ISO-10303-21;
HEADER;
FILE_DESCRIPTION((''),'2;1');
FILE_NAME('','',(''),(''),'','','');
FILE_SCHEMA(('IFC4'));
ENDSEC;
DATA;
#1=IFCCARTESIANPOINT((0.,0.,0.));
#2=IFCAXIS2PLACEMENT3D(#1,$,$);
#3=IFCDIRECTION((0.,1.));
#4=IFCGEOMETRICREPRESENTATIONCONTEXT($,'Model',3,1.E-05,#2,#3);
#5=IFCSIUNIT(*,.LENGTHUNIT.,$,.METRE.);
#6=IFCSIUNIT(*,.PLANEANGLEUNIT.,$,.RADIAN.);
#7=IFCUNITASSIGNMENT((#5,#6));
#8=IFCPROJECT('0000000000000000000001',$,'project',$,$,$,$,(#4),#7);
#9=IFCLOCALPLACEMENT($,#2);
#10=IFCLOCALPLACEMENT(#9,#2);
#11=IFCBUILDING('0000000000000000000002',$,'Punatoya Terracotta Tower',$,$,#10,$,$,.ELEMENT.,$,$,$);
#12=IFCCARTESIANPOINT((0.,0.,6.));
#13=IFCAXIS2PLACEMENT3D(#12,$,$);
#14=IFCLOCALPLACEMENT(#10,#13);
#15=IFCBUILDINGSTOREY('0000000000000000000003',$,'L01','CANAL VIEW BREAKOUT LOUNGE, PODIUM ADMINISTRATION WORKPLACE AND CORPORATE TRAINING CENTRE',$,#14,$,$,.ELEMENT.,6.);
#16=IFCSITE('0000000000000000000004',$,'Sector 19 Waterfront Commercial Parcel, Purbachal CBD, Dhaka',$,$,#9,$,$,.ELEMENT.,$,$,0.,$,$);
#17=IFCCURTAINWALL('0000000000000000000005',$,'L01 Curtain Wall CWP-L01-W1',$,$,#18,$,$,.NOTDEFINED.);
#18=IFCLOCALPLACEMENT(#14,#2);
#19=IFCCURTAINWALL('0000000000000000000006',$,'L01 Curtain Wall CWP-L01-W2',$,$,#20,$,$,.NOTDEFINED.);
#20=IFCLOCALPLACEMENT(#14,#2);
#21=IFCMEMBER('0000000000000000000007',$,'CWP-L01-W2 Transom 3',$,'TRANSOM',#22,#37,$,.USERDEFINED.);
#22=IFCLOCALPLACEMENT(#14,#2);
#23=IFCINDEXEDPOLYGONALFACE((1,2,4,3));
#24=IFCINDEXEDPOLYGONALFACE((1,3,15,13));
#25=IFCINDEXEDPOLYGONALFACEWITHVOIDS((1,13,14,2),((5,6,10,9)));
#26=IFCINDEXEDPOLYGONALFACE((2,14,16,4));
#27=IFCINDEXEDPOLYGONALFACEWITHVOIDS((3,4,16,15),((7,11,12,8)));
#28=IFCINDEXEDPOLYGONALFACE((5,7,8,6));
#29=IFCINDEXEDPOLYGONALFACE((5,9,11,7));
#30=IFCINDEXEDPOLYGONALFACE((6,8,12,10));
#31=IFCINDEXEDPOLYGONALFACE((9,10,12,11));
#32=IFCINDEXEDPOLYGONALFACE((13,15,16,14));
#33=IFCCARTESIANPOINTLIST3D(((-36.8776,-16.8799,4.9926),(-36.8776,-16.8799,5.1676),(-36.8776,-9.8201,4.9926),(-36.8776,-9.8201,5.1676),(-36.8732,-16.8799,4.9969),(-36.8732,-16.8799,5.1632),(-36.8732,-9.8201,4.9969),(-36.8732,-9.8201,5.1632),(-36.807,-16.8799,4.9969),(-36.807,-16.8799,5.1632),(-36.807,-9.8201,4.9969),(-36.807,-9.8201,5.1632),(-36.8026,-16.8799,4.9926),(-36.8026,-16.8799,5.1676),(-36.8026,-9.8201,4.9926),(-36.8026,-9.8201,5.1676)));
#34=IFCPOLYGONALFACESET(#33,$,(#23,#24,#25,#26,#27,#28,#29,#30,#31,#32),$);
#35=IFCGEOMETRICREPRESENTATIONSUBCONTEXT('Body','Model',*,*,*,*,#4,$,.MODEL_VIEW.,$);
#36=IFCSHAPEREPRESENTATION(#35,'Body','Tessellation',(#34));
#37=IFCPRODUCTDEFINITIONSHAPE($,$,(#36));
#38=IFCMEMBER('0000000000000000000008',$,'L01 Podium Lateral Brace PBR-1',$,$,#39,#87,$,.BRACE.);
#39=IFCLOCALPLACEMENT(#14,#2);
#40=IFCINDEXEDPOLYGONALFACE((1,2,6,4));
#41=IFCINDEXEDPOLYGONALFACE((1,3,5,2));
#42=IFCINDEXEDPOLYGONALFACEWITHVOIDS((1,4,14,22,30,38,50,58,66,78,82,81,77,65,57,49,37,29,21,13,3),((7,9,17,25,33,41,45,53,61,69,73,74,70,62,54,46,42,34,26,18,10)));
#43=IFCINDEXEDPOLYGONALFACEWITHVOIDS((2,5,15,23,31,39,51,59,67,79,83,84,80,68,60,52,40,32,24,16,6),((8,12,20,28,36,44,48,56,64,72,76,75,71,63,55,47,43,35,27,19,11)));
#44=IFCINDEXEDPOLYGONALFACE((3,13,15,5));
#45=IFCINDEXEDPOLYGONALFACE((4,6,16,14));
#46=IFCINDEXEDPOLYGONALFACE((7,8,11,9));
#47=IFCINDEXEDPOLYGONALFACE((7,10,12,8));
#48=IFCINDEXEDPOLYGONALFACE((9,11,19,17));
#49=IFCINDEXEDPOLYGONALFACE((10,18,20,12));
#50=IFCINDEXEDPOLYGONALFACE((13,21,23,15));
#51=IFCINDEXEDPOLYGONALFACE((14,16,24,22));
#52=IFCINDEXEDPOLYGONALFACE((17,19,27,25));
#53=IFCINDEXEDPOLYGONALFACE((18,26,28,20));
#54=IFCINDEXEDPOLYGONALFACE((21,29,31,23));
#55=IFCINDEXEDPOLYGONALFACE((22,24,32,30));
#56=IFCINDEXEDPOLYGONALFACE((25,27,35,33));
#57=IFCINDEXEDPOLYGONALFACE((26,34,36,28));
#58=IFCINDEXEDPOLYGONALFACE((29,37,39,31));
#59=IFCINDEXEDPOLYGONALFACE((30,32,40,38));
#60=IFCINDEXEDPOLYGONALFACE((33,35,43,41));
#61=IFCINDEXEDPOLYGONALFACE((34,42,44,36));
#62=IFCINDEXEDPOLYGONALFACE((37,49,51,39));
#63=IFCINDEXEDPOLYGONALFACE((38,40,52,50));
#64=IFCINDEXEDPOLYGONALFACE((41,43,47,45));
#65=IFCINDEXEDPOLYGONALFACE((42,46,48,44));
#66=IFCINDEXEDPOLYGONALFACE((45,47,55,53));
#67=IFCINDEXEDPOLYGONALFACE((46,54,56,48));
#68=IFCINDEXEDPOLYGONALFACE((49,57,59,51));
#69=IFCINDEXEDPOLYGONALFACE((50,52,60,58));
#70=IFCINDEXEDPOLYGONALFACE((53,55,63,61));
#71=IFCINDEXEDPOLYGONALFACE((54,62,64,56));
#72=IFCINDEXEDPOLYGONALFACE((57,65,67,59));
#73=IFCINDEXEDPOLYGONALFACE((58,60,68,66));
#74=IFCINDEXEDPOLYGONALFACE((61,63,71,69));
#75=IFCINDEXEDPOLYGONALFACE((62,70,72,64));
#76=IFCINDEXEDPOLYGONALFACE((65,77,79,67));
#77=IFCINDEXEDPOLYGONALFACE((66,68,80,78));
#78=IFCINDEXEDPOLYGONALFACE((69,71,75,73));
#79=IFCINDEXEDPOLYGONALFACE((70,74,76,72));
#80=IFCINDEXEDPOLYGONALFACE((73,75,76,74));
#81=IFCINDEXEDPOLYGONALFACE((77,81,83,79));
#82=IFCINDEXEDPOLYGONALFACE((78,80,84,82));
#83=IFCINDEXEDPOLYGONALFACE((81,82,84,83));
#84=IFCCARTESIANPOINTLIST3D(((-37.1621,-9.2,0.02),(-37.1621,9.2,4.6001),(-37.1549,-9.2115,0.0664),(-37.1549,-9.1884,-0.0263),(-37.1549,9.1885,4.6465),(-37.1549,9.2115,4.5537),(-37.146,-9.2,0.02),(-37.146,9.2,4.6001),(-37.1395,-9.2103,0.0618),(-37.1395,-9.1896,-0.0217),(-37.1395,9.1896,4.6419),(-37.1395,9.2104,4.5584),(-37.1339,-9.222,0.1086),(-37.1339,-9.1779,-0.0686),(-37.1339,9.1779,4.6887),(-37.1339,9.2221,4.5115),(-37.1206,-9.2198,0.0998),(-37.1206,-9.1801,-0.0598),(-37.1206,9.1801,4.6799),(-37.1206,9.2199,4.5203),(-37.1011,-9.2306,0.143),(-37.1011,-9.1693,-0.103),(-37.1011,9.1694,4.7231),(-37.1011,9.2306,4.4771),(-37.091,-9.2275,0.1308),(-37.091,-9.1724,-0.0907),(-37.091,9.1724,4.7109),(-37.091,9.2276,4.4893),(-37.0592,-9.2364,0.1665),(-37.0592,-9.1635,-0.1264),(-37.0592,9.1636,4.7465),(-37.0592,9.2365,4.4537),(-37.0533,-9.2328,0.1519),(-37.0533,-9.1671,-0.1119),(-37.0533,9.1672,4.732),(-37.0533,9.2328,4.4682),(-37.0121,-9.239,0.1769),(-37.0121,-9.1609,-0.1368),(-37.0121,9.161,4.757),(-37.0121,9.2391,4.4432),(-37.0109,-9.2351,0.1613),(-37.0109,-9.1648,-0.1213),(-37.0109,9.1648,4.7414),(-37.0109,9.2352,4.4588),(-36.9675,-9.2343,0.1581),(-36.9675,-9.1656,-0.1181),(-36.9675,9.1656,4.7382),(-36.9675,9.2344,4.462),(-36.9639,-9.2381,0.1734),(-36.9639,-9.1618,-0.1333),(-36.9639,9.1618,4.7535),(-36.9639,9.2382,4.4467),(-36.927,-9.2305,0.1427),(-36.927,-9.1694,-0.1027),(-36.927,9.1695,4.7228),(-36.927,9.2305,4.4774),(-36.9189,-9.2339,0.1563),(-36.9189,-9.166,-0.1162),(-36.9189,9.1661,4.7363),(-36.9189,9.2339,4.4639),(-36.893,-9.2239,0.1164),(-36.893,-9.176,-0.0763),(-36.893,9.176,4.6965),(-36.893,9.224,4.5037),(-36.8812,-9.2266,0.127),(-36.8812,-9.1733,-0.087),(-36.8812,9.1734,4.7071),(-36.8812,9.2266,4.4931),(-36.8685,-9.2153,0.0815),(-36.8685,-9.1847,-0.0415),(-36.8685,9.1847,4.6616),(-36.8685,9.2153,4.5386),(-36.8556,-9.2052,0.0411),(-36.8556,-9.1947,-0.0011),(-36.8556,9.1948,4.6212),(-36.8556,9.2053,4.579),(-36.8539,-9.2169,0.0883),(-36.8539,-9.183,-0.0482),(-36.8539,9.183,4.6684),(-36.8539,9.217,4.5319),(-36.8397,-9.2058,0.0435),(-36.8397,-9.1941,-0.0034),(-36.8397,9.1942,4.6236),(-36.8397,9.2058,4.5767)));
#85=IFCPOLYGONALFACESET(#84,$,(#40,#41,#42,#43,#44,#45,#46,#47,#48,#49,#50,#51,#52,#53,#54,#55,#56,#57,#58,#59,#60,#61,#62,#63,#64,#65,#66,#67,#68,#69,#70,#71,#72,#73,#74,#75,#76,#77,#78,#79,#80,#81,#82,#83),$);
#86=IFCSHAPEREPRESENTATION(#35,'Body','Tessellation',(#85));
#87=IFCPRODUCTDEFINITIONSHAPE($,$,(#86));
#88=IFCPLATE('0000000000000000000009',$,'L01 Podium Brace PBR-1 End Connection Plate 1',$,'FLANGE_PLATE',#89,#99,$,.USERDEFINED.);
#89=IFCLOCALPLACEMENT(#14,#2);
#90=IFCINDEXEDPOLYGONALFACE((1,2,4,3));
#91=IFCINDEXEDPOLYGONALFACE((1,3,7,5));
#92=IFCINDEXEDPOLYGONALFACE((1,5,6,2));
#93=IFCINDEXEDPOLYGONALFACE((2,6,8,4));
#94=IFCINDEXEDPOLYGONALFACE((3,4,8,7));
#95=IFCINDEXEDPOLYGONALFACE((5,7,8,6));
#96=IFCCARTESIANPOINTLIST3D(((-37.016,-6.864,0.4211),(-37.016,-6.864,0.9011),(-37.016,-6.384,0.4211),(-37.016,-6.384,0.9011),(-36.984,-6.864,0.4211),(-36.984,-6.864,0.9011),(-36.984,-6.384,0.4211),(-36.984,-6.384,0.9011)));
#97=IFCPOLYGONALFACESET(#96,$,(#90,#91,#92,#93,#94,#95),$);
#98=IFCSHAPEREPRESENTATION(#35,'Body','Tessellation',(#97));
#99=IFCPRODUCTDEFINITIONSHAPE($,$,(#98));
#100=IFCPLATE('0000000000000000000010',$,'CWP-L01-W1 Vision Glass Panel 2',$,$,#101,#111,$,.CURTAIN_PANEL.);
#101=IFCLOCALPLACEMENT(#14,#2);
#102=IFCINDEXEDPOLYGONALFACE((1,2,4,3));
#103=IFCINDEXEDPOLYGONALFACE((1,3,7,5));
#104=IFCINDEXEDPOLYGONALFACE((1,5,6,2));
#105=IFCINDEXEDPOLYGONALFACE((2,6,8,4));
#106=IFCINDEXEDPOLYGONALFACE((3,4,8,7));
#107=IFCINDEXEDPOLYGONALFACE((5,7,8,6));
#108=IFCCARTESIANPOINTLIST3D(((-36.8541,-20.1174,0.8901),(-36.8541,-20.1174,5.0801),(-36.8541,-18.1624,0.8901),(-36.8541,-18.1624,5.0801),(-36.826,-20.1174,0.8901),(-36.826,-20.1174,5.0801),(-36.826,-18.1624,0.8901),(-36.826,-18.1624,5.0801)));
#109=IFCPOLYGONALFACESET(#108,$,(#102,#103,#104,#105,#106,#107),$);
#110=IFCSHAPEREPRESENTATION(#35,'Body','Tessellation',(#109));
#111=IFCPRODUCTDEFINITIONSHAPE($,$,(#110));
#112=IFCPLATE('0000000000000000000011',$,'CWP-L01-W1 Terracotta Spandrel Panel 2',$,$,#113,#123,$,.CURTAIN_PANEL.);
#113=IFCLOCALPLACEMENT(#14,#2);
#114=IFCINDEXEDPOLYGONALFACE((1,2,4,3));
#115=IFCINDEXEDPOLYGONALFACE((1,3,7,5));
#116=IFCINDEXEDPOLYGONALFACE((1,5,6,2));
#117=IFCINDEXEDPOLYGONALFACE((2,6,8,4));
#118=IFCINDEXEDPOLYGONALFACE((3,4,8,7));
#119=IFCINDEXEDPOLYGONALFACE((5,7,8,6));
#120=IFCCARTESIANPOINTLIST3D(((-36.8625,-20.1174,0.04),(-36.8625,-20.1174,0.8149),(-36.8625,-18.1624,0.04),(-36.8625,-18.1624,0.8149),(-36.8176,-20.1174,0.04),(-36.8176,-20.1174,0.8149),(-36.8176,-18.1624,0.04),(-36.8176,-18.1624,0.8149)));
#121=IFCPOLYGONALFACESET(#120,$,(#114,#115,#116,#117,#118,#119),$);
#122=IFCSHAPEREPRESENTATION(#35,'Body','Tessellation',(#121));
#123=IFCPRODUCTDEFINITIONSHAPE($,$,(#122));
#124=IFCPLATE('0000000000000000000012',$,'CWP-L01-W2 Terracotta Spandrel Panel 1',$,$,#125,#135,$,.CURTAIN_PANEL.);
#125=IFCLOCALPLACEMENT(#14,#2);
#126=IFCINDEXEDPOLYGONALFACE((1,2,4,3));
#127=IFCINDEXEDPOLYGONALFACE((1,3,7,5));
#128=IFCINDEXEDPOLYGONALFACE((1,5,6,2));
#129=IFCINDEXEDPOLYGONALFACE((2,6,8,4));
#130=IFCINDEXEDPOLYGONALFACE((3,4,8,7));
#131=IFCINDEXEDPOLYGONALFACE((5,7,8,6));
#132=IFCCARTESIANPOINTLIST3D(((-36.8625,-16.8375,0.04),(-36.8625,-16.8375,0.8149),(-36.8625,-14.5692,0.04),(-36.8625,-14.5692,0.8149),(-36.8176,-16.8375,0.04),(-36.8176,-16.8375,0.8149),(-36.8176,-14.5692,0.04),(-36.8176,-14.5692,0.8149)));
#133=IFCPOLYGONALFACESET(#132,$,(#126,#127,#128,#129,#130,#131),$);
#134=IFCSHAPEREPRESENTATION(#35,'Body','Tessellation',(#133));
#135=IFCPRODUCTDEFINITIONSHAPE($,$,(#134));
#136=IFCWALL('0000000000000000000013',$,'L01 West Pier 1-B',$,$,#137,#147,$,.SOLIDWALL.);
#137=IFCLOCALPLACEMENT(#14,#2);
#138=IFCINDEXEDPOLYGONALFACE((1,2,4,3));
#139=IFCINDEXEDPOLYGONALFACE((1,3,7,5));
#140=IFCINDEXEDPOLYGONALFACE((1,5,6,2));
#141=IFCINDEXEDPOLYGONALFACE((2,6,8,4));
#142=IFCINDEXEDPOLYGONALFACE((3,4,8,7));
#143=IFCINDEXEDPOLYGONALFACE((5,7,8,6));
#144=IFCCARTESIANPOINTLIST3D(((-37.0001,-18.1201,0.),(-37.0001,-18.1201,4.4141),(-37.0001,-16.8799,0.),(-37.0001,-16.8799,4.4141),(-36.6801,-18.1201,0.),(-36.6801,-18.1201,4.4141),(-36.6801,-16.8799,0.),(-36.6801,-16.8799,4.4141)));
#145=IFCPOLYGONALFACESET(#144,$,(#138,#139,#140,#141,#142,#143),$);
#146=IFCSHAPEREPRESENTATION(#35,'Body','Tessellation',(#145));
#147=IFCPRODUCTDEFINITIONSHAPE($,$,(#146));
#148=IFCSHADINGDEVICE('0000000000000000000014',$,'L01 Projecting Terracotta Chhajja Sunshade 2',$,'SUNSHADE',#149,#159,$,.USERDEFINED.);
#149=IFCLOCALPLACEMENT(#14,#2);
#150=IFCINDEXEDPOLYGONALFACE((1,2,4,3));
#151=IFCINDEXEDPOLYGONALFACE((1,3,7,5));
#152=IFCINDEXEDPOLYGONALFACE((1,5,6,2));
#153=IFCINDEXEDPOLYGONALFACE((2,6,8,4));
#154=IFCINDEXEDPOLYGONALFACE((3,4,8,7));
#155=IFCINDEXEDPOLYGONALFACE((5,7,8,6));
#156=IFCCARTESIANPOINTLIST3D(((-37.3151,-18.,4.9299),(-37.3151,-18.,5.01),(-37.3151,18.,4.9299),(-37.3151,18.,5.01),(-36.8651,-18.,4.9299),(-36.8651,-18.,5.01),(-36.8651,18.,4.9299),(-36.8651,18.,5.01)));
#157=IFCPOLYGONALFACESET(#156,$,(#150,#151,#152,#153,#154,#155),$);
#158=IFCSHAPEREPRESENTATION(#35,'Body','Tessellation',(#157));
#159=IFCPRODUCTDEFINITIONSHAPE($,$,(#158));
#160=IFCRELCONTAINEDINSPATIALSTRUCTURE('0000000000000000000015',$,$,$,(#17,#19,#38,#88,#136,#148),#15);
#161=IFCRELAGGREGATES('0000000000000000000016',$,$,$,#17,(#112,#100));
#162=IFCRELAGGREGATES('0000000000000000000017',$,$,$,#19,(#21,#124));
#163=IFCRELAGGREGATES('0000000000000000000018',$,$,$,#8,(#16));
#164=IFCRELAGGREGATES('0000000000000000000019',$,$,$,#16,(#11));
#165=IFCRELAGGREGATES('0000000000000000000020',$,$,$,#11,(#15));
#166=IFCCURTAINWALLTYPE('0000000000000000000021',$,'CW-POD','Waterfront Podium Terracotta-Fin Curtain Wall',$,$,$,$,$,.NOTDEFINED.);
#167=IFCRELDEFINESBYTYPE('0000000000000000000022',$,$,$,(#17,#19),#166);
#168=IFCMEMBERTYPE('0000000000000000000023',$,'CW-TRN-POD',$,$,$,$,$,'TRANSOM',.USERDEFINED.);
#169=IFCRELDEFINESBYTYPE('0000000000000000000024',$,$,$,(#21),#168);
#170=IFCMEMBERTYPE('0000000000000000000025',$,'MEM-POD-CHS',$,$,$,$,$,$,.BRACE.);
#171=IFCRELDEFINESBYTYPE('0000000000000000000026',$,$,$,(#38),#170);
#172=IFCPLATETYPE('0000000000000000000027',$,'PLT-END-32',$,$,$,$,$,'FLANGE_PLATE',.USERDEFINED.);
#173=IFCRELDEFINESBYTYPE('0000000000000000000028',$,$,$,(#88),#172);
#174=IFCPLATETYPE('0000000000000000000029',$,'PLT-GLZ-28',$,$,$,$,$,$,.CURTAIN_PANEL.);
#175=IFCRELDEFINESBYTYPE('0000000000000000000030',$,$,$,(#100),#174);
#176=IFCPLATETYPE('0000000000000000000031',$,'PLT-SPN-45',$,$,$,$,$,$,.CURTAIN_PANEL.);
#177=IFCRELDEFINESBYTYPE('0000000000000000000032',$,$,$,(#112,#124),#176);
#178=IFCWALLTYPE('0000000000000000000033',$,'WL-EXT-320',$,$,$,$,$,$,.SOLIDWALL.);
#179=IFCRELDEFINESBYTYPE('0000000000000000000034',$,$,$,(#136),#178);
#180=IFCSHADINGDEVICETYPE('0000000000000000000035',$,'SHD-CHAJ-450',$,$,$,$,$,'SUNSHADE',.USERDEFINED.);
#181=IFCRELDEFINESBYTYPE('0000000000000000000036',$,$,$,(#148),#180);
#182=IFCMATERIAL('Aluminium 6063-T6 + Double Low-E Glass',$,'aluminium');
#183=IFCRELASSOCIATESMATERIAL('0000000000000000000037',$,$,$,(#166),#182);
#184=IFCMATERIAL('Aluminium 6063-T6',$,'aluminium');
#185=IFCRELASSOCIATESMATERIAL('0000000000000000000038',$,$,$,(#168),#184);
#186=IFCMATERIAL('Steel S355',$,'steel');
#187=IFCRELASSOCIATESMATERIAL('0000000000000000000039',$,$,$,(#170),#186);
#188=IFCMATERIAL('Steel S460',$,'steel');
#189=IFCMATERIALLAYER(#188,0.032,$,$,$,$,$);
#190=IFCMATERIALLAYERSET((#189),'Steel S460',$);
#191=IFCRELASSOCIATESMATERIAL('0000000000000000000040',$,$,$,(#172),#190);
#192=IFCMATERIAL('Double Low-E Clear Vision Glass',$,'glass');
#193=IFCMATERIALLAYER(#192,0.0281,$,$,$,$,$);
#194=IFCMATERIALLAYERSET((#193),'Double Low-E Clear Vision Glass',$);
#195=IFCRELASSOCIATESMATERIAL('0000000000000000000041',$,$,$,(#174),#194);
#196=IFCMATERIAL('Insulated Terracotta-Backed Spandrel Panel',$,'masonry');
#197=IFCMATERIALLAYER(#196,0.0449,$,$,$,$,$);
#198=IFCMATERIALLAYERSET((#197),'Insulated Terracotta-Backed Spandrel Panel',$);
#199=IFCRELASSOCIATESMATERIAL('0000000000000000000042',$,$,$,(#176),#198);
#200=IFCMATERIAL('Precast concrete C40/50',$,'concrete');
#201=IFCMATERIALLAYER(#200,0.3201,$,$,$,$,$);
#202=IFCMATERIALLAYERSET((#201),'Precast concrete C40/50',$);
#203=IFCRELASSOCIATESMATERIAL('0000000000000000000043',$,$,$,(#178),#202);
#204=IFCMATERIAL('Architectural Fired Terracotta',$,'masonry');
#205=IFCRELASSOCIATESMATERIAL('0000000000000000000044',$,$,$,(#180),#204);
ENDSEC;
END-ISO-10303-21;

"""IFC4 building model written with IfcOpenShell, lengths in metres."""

from ifc_helpers import new_model, si_unit, direction, frame, frame_2d, origin, origin_2d, place, context, subcontext, project, spatial, rectangle, hollow_rectangle, hollow_circle, extrude, material, layer, layer_set, material_profile, profile_set, type_object, element, aggregate, save


model = new_model("IFC4")

# Units and contexts
model_context = context("Model", 3, precision=1e-05, world=origin(), true_north=direction((0.0, 1.0)))
body_context = subcontext(model_context, "Body", "Model", "MODEL_VIEW")
ifc_project = project(units=[si_unit("LENGTHUNIT", "METRE"), si_unit("PLANEANGLEUNIT", "RADIAN")], contexts=[model_context])

# Site, building, storey
site_placement = place(None, origin())
site = spatial("IfcSite", under=ifc_project, at=site_placement, Name="Sector 19 Waterfront Commercial Parcel, Purbachal CBD, Dhaka", CompositionType="ELEMENT", RefElevation=0.0)
building_placement = place(site_placement, origin())
building = spatial("IfcBuilding", under=site, at=building_placement, Name="Punatoya Terracotta Tower", CompositionType="ELEMENT")
storey_placement = place(building_placement, frame((0.0, 0.0, 6.0)))
storey = spatial("IfcBuildingStorey", under=building, at=storey_placement, Name="L01", Description="CANAL VIEW BREAKOUT LOUNGE, PODIUM ADMINISTRATION WORKPLACE AND CORPORATE TRAINING CENTRE", CompositionType="ELEMENT", Elevation=6.0)

# Shared definitions
ifc_material_1 = material(Name="Steel S355", Category="steel")

# Curtain walls, member
ifc_material_2 = material(Name="Aluminium 6063-T6 + Double Low-E Glass", Category="aluminium")
curtain_wall_type = type_object("IfcCurtainWallType", Name="CW-POD", Description="Waterfront Podium Terracotta-Fin Curtain Wall", PredefinedType="NOTDEFINED", material=ifc_material_2)
curtain_wall_1_placement = place(storey_placement, origin())
curtain_wall_1 = element("IfcCurtainWall", 1, at=curtain_wall_1_placement, inside=storey, type_object=curtain_wall_type, Name="L01 Curtain Wall CWP-L01-W1", PredefinedType="NOTDEFINED")
ifc_material_3 = material(Name="Aluminium 6063-T6", Category="aluminium")
curtain_wall_2_placement = place(storey_placement, origin())
curtain_wall_2 = element("IfcCurtainWall", 2, at=curtain_wall_2_placement, inside=storey, type_object=curtain_wall_type, Name="L01 Curtain Wall CWP-L01-W2", PredefinedType="NOTDEFINED")
ifc_material_profile_1 = material_profile(ifc_material_3, hollow_rectangle(XDim=0.075, YDim=0.175, WallThickness=0.0044, at=origin_2d()))
ifc_profile_set_1 = profile_set([ifc_material_profile_1], Name="Aluminium 6063-T6")
member_type_1 = type_object("IfcMemberType", Name="CW-TRN-POD", ElementType="TRANSOM", PredefinedType="USERDEFINED", material=ifc_profile_set_1)
member_1_placement = place(storey_placement, frame((-36.8401, -16.8799, 5.0801), z_axis=(0.0, 1.0, 0.0), x_axis=(-1.0, 0.0, 0.0)))
member_1 = element("IfcMember", 3, at=member_1_placement, type_object=member_type_1, Name="CWP-L01-W2 Transom 3", ObjectType="TRANSOM", PredefinedType="USERDEFINED", context=body_context, shape_type="SweptSolid", body=[
    extrude(hollow_rectangle(XDim=0.075, YDim=0.175, WallThickness=0.0044, at=origin_2d()), origin(), (0.0, 0.0, 1.0), 7.0598),
])

# Member
ifc_material_profile_2 = material_profile(ifc_material_1, hollow_circle(Radius=0.1621, WallThickness=0.0161, at=origin_2d()))
ifc_profile_set_2 = profile_set([ifc_material_profile_2], Name="Steel S355")
member_type_2 = type_object("IfcMemberType", Name="MEM-POD-CHS", PredefinedType="BRACE", material=ifc_profile_set_2)
member_2_placement = place(storey_placement, frame((-37.0, -9.2, 0.02), z_axis=(0.0, 0.970389, 0.241548), x_axis=(-1.0, 0.0, 0.0)))
element("IfcMember", 4, at=member_2_placement, inside=storey, type_object=member_type_2, Name="L01 Podium Lateral Brace PBR-1", PredefinedType="BRACE", context=body_context, shape_type="SweptSolid", body=[
    extrude(hollow_circle(Radius=0.1621, WallThickness=0.0161, at=origin_2d()), origin(), (0.0, 0.0, 1.0), 18.9614),
])

# Plates
ifc_material_4 = material(Name="Steel S460", Category="steel")
ifc_layer_1 = layer(ifc_material_4, 0.032)
ifc_layer_set_1 = layer_set([ifc_layer_1], Name="Steel S460")
plate_type_1 = type_object("IfcPlateType", Name="PLT-END-32", ElementType="FLANGE_PLATE", PredefinedType="USERDEFINED", material=ifc_layer_set_1)
plate_1_placement = place(storey_placement, frame((-37.0, -6.624, 0.4211), z_axis=(0.0, 0.0, 1.0), x_axis=(1.0, 0.0, 0.0)))
element("IfcPlate", 5, at=plate_1_placement, inside=storey, type_object=plate_type_1, Name="L01 Podium Brace PBR-1 End Connection Plate 1", ObjectType="FLANGE_PLATE", PredefinedType="USERDEFINED", context=body_context, shape_type="SweptSolid", body=[
    extrude(rectangle(XDim=0.032, YDim=0.48, at=origin_2d()), origin(), (0.0, 0.0, 1.0), 0.48),
])
ifc_material_5 = material(Name="Double Low-E Clear Vision Glass", Category="glass")
ifc_layer_2 = layer(ifc_material_5, 0.0281)
ifc_layer_set_2 = layer_set([ifc_layer_2], Name="Double Low-E Clear Vision Glass")
plate_type_2 = type_object("IfcPlateType", Name="PLT-GLZ-28", PredefinedType="CURTAIN_PANEL", material=ifc_layer_set_2)
plate_2_placement = place(storey_placement, frame((-36.8401, -19.1399, 0.8901), z_axis=(0.0, 0.0, 1.0), x_axis=(0.0, 1.0, 0.0)))
plate_2 = element("IfcPlate", 6, at=plate_2_placement, type_object=plate_type_2, Name="CWP-L01-W1 Vision Glass Panel 2", PredefinedType="CURTAIN_PANEL", context=body_context, shape_type="SweptSolid", body=[
    extrude(rectangle(XDim=1.9551, YDim=0.0281, at=origin_2d()), origin(), (0.0, 0.0, 1.0), 4.1899),
])
ifc_material_6 = material(Name="Insulated Terracotta-Backed Spandrel Panel", Category="masonry")
ifc_layer_3 = layer(ifc_material_6, 0.0449)
ifc_layer_set_3 = layer_set([ifc_layer_3], Name="Insulated Terracotta-Backed Spandrel Panel")
plate_type_3 = type_object("IfcPlateType", Name="PLT-SPN-45", PredefinedType="CURTAIN_PANEL", material=ifc_layer_set_3)
plate_3_placement = place(storey_placement, frame((-36.8401, -19.1399, 0.04), z_axis=(0.0, 0.0, 1.0), x_axis=(0.0, 1.0, 0.0)))
plate_3 = element("IfcPlate", 7, at=plate_3_placement, type_object=plate_type_3, Name="CWP-L01-W1 Terracotta Spandrel Panel 2", PredefinedType="CURTAIN_PANEL", context=body_context, shape_type="SweptSolid", body=[
    extrude(rectangle(XDim=1.9551, YDim=0.0449, at=origin_2d()), origin(), (0.0, 0.0, 1.0), 0.7749),
])
aggregate(curtain_wall_1, [plate_3, plate_2])
plate_4_placement = place(storey_placement, frame((-36.8401, -15.7034, 0.04), z_axis=(0.0, 0.0, 1.0), x_axis=(0.0, 1.0, 0.0)))
plate_4 = element("IfcPlate", 8, at=plate_4_placement, type_object=plate_type_3, Name="CWP-L01-W2 Terracotta Spandrel Panel 1", PredefinedType="CURTAIN_PANEL", context=body_context, shape_type="SweptSolid", body=[
    extrude(rectangle(XDim=2.2683, YDim=0.0449, at=origin_2d()), origin(), (0.0, 0.0, 1.0), 0.7749),
])
aggregate(curtain_wall_2, [member_1, plate_4])

# Wall
ifc_material_7 = material(Name="Precast concrete C40/50", Category="concrete")
ifc_layer_4 = layer(ifc_material_7, 0.3201)
ifc_layer_set_4 = layer_set([ifc_layer_4], Name="Precast concrete C40/50")
wall_type = type_object("IfcWallType", Name="WL-EXT-320", PredefinedType="SOLIDWALL", material=ifc_layer_set_4)
wall_placement = place(storey_placement, frame((-36.8401, -18.1201, 0.0), z_axis=(0.0, 0.0, 1.0), x_axis=(0.0, 1.0, 0.0)))
element("IfcWall", 9, at=wall_placement, inside=storey, type_object=wall_type, Name="L01 West Pier 1-B", PredefinedType="SOLIDWALL", context=body_context, shape_type="SweptSolid", body=[
    extrude(rectangle(XDim=1.2402, YDim=0.3201, at=frame_2d((0.6201, 0.0))), origin(), (0.0, 0.0, 1.0), 4.4141),
])

# Shading device
ifc_material_8 = material(Name="Architectural Fired Terracotta", Category="masonry")
ifc_material_profile_3 = material_profile(ifc_material_8, rectangle(XDim=0.45, YDim=0.0801, at=origin_2d()))
ifc_profile_set_3 = profile_set([ifc_material_profile_3], Name="Architectural Fired Terracotta")
shading_device_type = type_object("IfcShadingDeviceType", Name="SHD-CHAJ-450", ElementType="SUNSHADE", PredefinedType="USERDEFINED", material=ifc_profile_set_3)
shading_device_placement = place(storey_placement, frame((-37.0901, -18.0, 4.97), z_axis=(0.0, 1.0, 0.0), x_axis=(-1.0, 0.0, 0.0)))
element("IfcShadingDevice", 10, at=shading_device_placement, inside=storey, type_object=shading_device_type, Name="L01 Projecting Terracotta Chhajja Sunshade 2", ObjectType="SUNSHADE", PredefinedType="USERDEFINED", context=body_context, shape_type="SweptSolid", body=[
    extrude(rectangle(XDim=0.45, YDim=0.0801, at=origin_2d()), origin(), (0.0, 0.0, 1.0), 36.0),
])

save(model, "model.ifc")
